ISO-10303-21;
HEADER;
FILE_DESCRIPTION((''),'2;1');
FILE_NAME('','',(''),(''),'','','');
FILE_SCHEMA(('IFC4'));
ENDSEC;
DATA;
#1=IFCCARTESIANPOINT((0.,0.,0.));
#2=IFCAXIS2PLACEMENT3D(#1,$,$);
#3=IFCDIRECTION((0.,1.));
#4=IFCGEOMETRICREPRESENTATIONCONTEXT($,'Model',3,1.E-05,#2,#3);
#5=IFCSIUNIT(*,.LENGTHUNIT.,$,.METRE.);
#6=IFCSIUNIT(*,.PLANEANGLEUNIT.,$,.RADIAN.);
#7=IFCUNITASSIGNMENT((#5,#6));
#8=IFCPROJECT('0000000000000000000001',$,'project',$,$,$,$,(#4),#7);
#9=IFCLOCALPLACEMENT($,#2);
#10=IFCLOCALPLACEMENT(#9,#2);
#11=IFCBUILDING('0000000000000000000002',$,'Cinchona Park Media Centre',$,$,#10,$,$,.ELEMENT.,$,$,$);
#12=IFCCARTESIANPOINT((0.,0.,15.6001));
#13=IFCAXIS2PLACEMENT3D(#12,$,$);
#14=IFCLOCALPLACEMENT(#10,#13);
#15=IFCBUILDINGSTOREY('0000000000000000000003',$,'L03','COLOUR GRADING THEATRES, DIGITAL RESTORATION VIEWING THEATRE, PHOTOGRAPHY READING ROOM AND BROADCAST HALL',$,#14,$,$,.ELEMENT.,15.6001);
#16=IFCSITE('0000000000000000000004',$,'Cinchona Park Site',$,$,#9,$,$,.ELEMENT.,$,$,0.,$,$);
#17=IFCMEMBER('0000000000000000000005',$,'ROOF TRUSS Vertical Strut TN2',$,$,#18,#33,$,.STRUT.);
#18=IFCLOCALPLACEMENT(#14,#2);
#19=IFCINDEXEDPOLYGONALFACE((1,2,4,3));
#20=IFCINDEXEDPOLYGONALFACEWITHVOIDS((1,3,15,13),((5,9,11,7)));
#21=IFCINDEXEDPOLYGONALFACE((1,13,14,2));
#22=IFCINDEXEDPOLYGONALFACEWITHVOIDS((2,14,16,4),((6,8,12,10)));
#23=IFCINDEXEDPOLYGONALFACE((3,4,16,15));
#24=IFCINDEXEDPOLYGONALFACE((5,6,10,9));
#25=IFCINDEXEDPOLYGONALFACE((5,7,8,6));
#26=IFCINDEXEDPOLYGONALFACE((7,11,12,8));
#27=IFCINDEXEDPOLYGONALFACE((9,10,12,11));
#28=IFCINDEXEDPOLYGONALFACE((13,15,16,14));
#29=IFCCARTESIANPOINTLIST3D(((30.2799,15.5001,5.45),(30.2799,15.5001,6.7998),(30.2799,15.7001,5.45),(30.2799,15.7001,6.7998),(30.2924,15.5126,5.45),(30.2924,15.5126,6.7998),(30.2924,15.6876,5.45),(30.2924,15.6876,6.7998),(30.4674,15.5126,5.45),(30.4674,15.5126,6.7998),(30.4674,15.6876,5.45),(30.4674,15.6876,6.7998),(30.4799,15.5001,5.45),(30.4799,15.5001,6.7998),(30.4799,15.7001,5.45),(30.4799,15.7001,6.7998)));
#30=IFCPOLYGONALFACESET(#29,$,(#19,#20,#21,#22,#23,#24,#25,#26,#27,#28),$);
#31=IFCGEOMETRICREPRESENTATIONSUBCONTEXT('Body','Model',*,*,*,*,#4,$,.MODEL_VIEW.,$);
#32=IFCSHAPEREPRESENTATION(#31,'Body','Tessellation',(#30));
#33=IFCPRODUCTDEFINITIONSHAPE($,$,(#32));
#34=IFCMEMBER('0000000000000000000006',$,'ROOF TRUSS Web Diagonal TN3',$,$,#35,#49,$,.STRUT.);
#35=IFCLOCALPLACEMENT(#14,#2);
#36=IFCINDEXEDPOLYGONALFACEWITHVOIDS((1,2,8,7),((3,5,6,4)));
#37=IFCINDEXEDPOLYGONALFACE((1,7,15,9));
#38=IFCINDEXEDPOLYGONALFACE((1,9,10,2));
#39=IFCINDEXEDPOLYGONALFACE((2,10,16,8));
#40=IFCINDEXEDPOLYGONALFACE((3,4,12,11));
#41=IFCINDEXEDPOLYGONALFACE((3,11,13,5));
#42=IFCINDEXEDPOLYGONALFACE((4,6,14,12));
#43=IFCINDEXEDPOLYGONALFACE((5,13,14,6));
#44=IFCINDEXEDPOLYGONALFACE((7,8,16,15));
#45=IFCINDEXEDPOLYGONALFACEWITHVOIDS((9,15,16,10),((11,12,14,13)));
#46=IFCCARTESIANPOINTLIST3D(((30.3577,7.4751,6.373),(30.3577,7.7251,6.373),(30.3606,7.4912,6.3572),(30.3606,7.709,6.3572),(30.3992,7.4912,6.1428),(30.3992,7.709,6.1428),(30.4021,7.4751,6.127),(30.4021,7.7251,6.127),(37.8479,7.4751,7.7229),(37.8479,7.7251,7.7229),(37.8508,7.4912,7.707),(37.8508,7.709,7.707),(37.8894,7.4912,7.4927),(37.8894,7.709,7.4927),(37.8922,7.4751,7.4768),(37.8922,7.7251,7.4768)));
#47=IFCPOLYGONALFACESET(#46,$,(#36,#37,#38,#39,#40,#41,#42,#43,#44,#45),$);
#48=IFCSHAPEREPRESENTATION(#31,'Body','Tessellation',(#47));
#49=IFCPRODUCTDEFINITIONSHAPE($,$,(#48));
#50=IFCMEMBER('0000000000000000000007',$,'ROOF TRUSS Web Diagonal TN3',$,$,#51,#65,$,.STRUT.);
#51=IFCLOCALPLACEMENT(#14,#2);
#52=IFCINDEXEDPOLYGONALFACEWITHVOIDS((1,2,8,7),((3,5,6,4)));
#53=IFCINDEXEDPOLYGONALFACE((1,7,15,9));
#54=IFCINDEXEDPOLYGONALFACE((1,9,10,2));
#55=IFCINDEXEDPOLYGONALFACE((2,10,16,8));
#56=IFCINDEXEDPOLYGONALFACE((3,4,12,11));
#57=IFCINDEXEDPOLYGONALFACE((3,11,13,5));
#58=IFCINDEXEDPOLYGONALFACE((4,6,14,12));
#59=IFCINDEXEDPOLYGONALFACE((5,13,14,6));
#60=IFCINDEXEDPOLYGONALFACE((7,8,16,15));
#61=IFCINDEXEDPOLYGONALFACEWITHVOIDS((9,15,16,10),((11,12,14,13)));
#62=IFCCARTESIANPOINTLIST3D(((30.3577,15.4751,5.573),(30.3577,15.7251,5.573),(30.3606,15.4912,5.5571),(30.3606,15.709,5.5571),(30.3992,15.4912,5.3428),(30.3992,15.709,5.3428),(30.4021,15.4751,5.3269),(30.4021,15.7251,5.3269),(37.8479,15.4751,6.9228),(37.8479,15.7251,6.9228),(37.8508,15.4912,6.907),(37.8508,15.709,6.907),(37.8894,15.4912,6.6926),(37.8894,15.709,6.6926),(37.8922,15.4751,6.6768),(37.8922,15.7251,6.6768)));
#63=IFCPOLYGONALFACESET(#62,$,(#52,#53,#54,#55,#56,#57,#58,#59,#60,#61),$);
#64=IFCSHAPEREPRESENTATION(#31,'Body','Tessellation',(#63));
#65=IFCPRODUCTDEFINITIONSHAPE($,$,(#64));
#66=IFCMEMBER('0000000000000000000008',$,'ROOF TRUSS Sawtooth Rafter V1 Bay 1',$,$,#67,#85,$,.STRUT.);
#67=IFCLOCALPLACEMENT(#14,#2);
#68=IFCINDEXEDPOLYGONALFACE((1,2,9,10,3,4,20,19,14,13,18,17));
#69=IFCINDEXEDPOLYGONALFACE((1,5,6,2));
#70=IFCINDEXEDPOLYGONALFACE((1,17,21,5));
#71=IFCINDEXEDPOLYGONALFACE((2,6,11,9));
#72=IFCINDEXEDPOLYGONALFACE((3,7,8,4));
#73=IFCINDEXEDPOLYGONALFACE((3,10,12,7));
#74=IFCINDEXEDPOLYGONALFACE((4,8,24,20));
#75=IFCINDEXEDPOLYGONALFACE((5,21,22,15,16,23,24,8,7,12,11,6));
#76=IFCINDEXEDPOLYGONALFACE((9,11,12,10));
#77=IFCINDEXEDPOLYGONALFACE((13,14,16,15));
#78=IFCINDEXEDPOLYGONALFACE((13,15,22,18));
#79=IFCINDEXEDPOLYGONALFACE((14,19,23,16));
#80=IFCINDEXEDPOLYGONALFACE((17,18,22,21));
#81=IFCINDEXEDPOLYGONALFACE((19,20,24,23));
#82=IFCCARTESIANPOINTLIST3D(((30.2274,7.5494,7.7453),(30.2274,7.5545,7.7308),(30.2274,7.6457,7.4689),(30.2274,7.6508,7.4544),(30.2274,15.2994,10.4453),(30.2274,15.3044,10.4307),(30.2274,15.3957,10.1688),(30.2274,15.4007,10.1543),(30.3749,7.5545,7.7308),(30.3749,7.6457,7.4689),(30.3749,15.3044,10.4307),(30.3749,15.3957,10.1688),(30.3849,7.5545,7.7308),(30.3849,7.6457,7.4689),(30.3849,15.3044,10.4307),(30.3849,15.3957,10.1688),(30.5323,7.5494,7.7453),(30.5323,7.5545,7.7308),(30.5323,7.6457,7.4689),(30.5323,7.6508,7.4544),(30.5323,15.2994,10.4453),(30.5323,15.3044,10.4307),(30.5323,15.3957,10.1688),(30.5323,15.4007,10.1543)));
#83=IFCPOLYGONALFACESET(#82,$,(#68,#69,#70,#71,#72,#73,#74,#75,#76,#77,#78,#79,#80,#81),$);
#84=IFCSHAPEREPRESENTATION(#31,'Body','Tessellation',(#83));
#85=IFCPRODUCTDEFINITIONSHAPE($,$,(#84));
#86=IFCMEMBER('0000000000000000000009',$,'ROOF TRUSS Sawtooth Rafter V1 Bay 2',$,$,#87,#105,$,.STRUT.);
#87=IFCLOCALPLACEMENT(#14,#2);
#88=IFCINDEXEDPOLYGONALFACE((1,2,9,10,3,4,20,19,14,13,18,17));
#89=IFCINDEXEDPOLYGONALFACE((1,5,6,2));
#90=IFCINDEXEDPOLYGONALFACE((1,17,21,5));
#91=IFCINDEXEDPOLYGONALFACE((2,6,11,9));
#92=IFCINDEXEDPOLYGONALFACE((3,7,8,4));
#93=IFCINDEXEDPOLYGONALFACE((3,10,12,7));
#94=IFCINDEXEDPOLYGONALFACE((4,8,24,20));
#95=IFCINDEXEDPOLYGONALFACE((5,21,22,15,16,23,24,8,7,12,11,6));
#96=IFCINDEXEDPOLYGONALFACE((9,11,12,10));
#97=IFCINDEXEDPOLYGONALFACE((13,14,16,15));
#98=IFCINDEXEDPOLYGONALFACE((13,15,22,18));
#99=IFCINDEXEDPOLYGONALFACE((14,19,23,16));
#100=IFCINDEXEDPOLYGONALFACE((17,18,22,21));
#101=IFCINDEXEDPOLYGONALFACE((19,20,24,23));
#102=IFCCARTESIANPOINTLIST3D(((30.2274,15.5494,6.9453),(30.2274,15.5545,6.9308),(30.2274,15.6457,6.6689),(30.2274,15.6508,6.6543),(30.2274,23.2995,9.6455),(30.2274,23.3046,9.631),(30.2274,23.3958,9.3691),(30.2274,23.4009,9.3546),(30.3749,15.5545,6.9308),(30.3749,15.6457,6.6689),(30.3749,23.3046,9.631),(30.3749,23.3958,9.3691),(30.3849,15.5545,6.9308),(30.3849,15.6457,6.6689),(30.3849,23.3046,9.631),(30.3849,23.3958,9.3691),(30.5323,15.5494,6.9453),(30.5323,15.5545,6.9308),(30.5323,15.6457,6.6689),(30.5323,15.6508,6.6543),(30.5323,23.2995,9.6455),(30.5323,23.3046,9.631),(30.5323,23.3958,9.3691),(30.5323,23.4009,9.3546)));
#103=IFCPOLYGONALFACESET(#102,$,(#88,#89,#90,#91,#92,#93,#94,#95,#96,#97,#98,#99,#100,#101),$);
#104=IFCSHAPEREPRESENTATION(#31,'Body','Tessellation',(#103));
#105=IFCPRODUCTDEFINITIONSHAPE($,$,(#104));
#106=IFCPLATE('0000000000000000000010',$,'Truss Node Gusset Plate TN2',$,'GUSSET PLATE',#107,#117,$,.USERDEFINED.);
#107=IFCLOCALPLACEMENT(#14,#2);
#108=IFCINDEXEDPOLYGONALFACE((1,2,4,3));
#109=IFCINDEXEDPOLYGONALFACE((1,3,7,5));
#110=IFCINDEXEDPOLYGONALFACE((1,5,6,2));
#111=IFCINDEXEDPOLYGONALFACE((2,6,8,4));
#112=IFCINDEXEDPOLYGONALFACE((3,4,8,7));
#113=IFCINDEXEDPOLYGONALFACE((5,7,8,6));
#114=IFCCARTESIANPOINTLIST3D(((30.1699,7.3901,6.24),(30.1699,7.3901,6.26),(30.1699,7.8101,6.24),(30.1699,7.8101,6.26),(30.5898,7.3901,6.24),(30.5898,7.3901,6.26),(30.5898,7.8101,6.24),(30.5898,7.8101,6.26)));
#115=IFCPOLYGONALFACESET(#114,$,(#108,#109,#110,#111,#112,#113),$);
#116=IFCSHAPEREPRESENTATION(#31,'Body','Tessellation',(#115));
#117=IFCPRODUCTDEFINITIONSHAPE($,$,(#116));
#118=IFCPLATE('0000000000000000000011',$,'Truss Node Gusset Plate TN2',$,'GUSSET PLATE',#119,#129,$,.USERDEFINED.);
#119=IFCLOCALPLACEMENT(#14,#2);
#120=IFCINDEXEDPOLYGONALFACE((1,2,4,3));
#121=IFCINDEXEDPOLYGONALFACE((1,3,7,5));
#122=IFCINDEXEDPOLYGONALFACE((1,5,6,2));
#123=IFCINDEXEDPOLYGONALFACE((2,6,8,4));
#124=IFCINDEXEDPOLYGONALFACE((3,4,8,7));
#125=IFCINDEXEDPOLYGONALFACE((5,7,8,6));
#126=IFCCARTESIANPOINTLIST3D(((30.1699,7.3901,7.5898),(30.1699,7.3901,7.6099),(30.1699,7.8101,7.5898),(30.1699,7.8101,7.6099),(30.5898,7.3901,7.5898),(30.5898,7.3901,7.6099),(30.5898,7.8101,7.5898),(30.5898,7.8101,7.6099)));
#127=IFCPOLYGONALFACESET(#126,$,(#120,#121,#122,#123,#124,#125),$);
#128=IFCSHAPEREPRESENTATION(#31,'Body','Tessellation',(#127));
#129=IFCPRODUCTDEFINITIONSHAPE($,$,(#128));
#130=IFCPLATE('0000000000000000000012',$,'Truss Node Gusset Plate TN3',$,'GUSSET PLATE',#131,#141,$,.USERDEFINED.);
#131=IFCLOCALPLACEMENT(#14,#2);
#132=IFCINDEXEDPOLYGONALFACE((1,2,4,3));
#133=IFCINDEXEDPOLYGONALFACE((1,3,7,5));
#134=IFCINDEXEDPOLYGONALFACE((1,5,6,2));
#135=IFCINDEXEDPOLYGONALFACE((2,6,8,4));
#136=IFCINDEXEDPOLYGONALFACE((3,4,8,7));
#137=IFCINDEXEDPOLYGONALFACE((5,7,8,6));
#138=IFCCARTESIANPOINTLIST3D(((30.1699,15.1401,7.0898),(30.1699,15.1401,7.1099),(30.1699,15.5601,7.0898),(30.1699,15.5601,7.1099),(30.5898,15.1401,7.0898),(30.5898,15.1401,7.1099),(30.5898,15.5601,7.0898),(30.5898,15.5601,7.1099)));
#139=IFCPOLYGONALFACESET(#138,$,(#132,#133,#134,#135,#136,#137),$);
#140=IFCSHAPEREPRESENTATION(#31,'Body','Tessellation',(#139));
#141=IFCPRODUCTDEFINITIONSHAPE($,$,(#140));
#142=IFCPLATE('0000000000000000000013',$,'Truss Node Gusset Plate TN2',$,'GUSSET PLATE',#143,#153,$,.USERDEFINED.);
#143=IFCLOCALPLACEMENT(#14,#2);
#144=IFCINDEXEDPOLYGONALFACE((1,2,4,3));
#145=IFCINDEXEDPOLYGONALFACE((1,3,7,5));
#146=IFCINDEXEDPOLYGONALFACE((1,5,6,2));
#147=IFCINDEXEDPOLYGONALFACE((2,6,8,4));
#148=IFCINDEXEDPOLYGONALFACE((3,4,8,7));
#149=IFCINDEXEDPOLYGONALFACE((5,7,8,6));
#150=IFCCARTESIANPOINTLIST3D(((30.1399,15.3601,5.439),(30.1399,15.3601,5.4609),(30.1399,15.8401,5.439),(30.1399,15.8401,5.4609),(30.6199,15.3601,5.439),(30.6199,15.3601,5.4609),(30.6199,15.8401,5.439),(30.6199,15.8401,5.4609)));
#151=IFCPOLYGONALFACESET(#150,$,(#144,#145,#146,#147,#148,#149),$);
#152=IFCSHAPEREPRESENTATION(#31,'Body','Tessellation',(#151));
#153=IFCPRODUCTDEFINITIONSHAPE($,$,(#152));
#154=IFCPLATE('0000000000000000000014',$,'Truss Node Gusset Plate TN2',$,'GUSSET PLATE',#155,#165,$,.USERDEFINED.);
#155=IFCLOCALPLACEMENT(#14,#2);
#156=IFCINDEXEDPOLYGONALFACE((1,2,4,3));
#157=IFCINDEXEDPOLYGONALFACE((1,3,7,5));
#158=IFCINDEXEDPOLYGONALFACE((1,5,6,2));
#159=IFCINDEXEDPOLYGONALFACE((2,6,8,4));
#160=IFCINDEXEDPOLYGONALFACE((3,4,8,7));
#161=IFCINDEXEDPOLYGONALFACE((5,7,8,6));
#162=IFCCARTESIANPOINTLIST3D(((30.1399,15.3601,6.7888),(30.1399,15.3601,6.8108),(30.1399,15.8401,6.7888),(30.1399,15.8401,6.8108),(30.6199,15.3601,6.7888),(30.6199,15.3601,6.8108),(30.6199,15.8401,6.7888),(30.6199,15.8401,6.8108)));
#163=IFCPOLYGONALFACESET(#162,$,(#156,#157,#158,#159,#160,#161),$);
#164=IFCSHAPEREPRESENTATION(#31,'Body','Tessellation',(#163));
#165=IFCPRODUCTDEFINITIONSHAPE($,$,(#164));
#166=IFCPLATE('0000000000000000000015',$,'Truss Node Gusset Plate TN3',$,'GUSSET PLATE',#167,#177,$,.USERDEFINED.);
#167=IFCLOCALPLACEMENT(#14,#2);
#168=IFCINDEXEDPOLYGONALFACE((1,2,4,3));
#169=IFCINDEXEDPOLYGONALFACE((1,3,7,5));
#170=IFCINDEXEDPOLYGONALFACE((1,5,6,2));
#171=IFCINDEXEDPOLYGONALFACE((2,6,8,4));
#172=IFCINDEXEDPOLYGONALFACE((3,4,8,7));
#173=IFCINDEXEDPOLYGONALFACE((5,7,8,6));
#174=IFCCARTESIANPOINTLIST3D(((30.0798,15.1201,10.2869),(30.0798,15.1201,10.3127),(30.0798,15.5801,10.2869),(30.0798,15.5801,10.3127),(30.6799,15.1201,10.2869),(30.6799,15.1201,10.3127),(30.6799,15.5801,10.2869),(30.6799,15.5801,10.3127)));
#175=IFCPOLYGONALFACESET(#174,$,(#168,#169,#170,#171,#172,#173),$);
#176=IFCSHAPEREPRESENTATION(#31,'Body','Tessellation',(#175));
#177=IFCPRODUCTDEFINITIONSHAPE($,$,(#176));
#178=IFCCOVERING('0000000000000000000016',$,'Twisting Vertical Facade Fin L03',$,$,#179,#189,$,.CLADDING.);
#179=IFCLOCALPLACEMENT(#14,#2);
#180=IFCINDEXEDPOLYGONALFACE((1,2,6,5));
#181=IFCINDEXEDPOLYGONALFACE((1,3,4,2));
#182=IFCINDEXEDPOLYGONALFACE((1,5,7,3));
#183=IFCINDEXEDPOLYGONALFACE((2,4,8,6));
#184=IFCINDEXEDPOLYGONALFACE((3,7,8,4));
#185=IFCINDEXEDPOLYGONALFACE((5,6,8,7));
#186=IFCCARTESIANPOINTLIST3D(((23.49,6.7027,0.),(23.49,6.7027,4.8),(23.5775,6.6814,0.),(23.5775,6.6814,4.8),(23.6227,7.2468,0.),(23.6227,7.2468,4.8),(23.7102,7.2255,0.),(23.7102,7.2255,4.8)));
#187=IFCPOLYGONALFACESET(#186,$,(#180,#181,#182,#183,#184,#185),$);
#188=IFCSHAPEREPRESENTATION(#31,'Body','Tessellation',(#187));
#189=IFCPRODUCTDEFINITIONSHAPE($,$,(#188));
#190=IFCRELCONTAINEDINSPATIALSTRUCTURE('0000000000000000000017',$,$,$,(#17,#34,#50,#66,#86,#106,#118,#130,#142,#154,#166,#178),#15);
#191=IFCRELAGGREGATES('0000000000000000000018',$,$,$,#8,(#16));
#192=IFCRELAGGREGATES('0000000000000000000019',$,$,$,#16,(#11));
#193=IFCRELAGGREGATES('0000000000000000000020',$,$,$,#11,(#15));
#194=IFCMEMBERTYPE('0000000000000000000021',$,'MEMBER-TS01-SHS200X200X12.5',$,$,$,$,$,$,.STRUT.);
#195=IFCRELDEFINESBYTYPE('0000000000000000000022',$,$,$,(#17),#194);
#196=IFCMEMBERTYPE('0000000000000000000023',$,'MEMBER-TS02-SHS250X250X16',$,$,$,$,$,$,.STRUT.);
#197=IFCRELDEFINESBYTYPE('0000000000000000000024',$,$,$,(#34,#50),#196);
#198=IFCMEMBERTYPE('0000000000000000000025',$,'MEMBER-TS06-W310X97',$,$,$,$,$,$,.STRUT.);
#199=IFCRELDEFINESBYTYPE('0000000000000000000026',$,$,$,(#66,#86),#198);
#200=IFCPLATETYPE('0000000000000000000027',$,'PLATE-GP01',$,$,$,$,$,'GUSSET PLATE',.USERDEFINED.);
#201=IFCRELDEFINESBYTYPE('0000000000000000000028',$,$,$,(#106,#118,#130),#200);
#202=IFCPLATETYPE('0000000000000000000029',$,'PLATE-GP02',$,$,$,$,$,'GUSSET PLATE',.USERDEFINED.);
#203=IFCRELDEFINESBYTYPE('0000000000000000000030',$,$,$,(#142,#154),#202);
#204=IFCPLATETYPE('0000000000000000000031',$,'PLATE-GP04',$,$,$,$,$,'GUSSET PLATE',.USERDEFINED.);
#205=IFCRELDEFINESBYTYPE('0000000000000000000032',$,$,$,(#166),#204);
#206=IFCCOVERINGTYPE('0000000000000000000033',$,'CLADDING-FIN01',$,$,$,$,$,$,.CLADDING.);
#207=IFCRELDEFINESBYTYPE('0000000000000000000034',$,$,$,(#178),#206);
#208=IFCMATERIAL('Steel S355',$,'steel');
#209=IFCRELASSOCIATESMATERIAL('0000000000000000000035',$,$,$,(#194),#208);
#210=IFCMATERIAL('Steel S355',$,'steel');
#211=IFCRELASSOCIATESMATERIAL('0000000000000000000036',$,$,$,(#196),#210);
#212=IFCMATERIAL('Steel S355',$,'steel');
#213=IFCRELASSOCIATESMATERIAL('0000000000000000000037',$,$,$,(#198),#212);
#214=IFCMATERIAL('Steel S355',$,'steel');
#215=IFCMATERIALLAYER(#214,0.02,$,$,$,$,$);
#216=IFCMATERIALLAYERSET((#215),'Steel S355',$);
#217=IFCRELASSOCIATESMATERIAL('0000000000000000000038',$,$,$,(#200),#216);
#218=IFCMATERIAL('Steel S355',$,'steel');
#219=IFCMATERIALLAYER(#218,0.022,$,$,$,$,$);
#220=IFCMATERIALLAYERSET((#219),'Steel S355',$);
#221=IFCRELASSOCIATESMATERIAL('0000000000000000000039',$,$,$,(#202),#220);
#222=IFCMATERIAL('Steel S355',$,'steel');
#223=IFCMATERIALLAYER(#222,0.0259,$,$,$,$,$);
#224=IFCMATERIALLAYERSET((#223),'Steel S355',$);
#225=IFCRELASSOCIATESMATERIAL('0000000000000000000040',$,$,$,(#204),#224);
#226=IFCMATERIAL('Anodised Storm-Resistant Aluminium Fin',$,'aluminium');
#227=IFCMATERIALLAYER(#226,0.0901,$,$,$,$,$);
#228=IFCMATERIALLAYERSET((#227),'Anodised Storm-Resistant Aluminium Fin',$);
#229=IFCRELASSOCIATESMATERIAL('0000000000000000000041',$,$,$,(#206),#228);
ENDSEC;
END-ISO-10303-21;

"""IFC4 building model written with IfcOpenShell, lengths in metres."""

from ifc_helpers import new_model, si_unit, direction, frame, origin, origin_2d, place, context, subcontext, project, spatial, rectangle, hollow_rectangle, i_section, extrude, material, layer, layer_set, material_profile, profile_set, type_object, element, save


model = new_model("IFC4")

# Units and contexts
model_context = context("Model", 3, precision=1e-05, world=origin(), true_north=direction((0.0, 1.0)))
body_context = subcontext(model_context, "Body", "Model", "MODEL_VIEW")
ifc_project = project(units=[si_unit("LENGTHUNIT", "METRE"), si_unit("PLANEANGLEUNIT", "RADIAN")], contexts=[model_context])

# Site, building, storey
site_placement = place(None, origin())
site = spatial("IfcSite", under=ifc_project, at=site_placement, Name="Cinchona Park Site", CompositionType="ELEMENT", RefElevation=0.0)
building_placement = place(site_placement, origin())
building = spatial("IfcBuilding", under=site, at=building_placement, Name="Cinchona Park Media Centre", CompositionType="ELEMENT")
storey_placement = place(building_placement, frame((0.0, 0.0, 15.6001)))
storey = spatial("IfcBuildingStorey", under=building, at=storey_placement, Name="L03", Description="COLOUR GRADING THEATRES, DIGITAL RESTORATION VIEWING THEATRE, PHOTOGRAPHY READING ROOM AND BROADCAST HALL", CompositionType="ELEMENT", Elevation=15.6001)

# Members
ifc_material_1 = material(Name="Steel S355", Category="steel")
ifc_material_profile_1 = material_profile(ifc_material_1, hollow_rectangle(XDim=0.2, YDim=0.2, WallThickness=0.0125, at=origin_2d()), Name="200X200X12.5SHS")
ifc_profile_set_1 = profile_set([ifc_material_profile_1], Name="Steel S355")
member_type_1 = type_object("IfcMemberType", Name="MEMBER-TS01-SHS200X200X12.5", PredefinedType="STRUT", material=ifc_profile_set_1)
member_1_placement = place(storey_placement, frame((30.3799, 15.6001, 5.45), z_axis=(0.0, 0.0, 1.0), x_axis=(1.0, 0.0, 0.0)))
element("IfcMember", 1, at=member_1_placement, inside=storey, type_object=member_type_1, Name="ROOF TRUSS Vertical Strut TN2", PredefinedType="STRUT", context=body_context, shape_type="SweptSolid", body=[
    extrude(hollow_rectangle(XDim=0.2, YDim=0.2, WallThickness=0.0125, at=origin_2d()), origin(), (0.0, 0.0, 1.0), 1.3499),
])
ifc_material_2 = material(Name="Steel S355", Category="steel")
ifc_material_profile_2 = material_profile(ifc_material_2, hollow_rectangle(XDim=0.25, YDim=0.25, WallThickness=0.0161, at=origin_2d()), Name="250X250X16SHS")
ifc_profile_set_2 = profile_set([ifc_material_profile_2], Name="Steel S355")
member_type_2 = type_object("IfcMemberType", Name="MEMBER-TS02-SHS250X250X16", PredefinedType="STRUT", material=ifc_profile_set_2)
for number, where, z_axis, x_axis, name in (
    (2, (30.3799, 7.6001, 6.25), (0.984146, 0.0, 0.177358), (0.0, 1.0, 0.0), "ROOF TRUSS Web Diagonal TN3"),
    (3, (30.3799, 15.6001, 5.45), (0.984146, 0.0, 0.177358), (0.0, 1.0, 0.0), "ROOF TRUSS Web Diagonal TN3"),
):
    element("IfcMember", number, at=place(storey_placement, frame(where, z_axis=z_axis, x_axis=x_axis)), inside=storey, type_object=member_type_2, Name=name, PredefinedType="STRUT", context=body_context, shape_type="SweptSolid", body=[
        extrude(hollow_rectangle(XDim=0.25, YDim=0.25, WallThickness=0.0161, at=origin_2d()), origin(), (0.0, 0.0, 1.0), 7.6108),
    ])
ifc_material_3 = material(Name="Steel S355", Category="steel")
ifc_material_profile_3 = material_profile(ifc_material_3, i_section(OverallWidth=0.3049, OverallDepth=0.3081, WebThickness=0.01, FlangeThickness=0.0154, at=origin_2d()), Name="W310X97")
ifc_profile_set_3 = profile_set([ifc_material_profile_3], Name="Steel S355")
member_type_3 = type_object("IfcMemberType", Name="MEMBER-TS06-W310X97", PredefinedType="STRUT", material=ifc_profile_set_3)
member_2_placement = place(storey_placement, frame((30.3799, 7.6001, 7.5999), z_axis=(0.0, 0.944334, 0.328988), x_axis=(-1.0, 0.0, 0.0)))
element("IfcMember", 4, at=member_2_placement, inside=storey, type_object=member_type_3, Name="ROOF TRUSS Sawtooth Rafter V1 Bay 1", PredefinedType="STRUT", context=body_context, shape_type="SweptSolid", body=[
    extrude(i_section(OverallWidth=0.3049, OverallDepth=0.3081, WebThickness=0.01, FlangeThickness=0.0154, at=origin_2d()), origin(), (0.0, 0.0, 1.0), 8.2068),
])
member_3_placement = place(storey_placement, frame((30.3799, 15.6001, 6.7998), z_axis=(0.0, 0.944325, 0.329014), x_axis=(-1.0, 0.0, 0.0)))
element("IfcMember", 5, at=member_3_placement, inside=storey, type_object=member_type_3, Name="ROOF TRUSS Sawtooth Rafter V1 Bay 2", PredefinedType="STRUT", context=body_context, shape_type="SweptSolid", body=[
    extrude(i_section(OverallWidth=0.3049, OverallDepth=0.3081, WebThickness=0.01, FlangeThickness=0.0154, at=origin_2d()), origin(), (0.0, 0.0, 1.0), 8.207),
])

# Plates
ifc_material_4 = material(Name="Steel S355", Category="steel")
ifc_layer_1 = layer(ifc_material_4, 0.02)
ifc_layer_set_1 = layer_set([ifc_layer_1], Name="Steel S355")
plate_type_1 = type_object("IfcPlateType", Name="PLATE-GP01", ElementType="GUSSET PLATE", PredefinedType="USERDEFINED", material=ifc_layer_set_1)
for number, where, z_axis, x_axis, name in (
    (6, (30.3799, 7.6001, 6.24), (0.0, 0.0, 1.0), (1.0, 0.0, 0.0), "Truss Node Gusset Plate TN2"),
    (7, (30.3799, 7.6001, 7.5898), (0.0, 0.0, 1.0), (1.0, 0.0, 0.0), "Truss Node Gusset Plate TN2"),
    (8, (30.3799, 15.3501, 7.0898), (0.0, 0.0, 1.0), (1.0, 0.0, 0.0), "Truss Node Gusset Plate TN3"),
):
    element("IfcPlate", number, at=place(storey_placement, frame(where, z_axis=z_axis, x_axis=x_axis)), inside=storey, type_object=plate_type_1, Name=name, ObjectType="GUSSET PLATE", PredefinedType="USERDEFINED", context=body_context, shape_type="SweptSolid", body=[
        extrude(rectangle(XDim=0.4199, YDim=0.4199, at=origin_2d()), origin(), (0.0, 0.0, 1.0), 0.02),
    ])
ifc_material_5 = material(Name="Steel S355", Category="steel")
ifc_layer_2 = layer(ifc_material_5, 0.022)
ifc_layer_set_2 = layer_set([ifc_layer_2], Name="Steel S355")
plate_type_2 = type_object("IfcPlateType", Name="PLATE-GP02", ElementType="GUSSET PLATE", PredefinedType="USERDEFINED", material=ifc_layer_set_2)
for number, where, z_axis, x_axis, name in (
    (9, (30.3799, 15.6001, 5.439), (0.0, 0.0, 1.0), (1.0, 0.0, 0.0), "Truss Node Gusset Plate TN2"),
    (10, (30.3799, 15.6001, 6.7888), (0.0, 0.0, 1.0), (1.0, 0.0, 0.0), "Truss Node Gusset Plate TN2"),
):
    element("IfcPlate", number, at=place(storey_placement, frame(where, z_axis=z_axis, x_axis=x_axis)), inside=storey, type_object=plate_type_2, Name=name, ObjectType="GUSSET PLATE", PredefinedType="USERDEFINED", context=body_context, shape_type="SweptSolid", body=[
        extrude(rectangle(XDim=0.48, YDim=0.48, at=origin_2d()), origin(), (0.0, 0.0, 1.0), 0.022),
    ])
ifc_material_6 = material(Name="Steel S355", Category="steel")
ifc_layer_3 = layer(ifc_material_6, 0.0259)
ifc_layer_set_3 = layer_set([ifc_layer_3], Name="Steel S355")
plate_type_3 = type_object("IfcPlateType", Name="PLATE-GP04", ElementType="GUSSET PLATE", PredefinedType="USERDEFINED", material=ifc_layer_set_3)
plate_placement = place(storey_placement, frame((30.3799, 15.3501, 10.2869), z_axis=(0.0, 0.0, 1.0), x_axis=(1.0, 0.0, 0.0)))
element("IfcPlate", 11, at=plate_placement, inside=storey, type_object=plate_type_3, Name="Truss Node Gusset Plate TN3", ObjectType="GUSSET PLATE", PredefinedType="USERDEFINED", context=body_context, shape_type="SweptSolid", body=[
    extrude(rectangle(XDim=0.6001, YDim=0.46, at=origin_2d()), origin(), (0.0, 0.0, 1.0), 0.0259),
])

# Covering
ifc_material_7 = material(Name="Anodised Storm-Resistant Aluminium Fin", Category="aluminium")
ifc_layer_4 = layer(ifc_material_7, 0.0901)
ifc_layer_set_4 = layer_set([ifc_layer_4], Name="Anodised Storm-Resistant Aluminium Fin")
covering_type = type_object("IfcCoveringType", Name="CLADDING-FIN01", PredefinedType="CLADDING", material=ifc_layer_set_4)
for number, where, z_axis, x_axis, name in (
    (12, (23.6001, 6.9641, 0.0), (0.0, 0.0, 1.0), (0.236838, 0.971549, 0.0), "Twisting Vertical Facade Fin L03"),
):
    element("IfcCovering", number, at=place(storey_placement, frame(where, z_axis=z_axis, x_axis=x_axis)), inside=storey, type_object=covering_type, Name=name, PredefinedType="CLADDING", context=body_context, shape_type="SweptSolid", body=[
        extrude(rectangle(XDim=0.5601, YDim=0.0901, at=origin_2d()), origin(), (0.0, 0.0, 1.0), 4.8),
    ])

save(model, "model.ifc")
